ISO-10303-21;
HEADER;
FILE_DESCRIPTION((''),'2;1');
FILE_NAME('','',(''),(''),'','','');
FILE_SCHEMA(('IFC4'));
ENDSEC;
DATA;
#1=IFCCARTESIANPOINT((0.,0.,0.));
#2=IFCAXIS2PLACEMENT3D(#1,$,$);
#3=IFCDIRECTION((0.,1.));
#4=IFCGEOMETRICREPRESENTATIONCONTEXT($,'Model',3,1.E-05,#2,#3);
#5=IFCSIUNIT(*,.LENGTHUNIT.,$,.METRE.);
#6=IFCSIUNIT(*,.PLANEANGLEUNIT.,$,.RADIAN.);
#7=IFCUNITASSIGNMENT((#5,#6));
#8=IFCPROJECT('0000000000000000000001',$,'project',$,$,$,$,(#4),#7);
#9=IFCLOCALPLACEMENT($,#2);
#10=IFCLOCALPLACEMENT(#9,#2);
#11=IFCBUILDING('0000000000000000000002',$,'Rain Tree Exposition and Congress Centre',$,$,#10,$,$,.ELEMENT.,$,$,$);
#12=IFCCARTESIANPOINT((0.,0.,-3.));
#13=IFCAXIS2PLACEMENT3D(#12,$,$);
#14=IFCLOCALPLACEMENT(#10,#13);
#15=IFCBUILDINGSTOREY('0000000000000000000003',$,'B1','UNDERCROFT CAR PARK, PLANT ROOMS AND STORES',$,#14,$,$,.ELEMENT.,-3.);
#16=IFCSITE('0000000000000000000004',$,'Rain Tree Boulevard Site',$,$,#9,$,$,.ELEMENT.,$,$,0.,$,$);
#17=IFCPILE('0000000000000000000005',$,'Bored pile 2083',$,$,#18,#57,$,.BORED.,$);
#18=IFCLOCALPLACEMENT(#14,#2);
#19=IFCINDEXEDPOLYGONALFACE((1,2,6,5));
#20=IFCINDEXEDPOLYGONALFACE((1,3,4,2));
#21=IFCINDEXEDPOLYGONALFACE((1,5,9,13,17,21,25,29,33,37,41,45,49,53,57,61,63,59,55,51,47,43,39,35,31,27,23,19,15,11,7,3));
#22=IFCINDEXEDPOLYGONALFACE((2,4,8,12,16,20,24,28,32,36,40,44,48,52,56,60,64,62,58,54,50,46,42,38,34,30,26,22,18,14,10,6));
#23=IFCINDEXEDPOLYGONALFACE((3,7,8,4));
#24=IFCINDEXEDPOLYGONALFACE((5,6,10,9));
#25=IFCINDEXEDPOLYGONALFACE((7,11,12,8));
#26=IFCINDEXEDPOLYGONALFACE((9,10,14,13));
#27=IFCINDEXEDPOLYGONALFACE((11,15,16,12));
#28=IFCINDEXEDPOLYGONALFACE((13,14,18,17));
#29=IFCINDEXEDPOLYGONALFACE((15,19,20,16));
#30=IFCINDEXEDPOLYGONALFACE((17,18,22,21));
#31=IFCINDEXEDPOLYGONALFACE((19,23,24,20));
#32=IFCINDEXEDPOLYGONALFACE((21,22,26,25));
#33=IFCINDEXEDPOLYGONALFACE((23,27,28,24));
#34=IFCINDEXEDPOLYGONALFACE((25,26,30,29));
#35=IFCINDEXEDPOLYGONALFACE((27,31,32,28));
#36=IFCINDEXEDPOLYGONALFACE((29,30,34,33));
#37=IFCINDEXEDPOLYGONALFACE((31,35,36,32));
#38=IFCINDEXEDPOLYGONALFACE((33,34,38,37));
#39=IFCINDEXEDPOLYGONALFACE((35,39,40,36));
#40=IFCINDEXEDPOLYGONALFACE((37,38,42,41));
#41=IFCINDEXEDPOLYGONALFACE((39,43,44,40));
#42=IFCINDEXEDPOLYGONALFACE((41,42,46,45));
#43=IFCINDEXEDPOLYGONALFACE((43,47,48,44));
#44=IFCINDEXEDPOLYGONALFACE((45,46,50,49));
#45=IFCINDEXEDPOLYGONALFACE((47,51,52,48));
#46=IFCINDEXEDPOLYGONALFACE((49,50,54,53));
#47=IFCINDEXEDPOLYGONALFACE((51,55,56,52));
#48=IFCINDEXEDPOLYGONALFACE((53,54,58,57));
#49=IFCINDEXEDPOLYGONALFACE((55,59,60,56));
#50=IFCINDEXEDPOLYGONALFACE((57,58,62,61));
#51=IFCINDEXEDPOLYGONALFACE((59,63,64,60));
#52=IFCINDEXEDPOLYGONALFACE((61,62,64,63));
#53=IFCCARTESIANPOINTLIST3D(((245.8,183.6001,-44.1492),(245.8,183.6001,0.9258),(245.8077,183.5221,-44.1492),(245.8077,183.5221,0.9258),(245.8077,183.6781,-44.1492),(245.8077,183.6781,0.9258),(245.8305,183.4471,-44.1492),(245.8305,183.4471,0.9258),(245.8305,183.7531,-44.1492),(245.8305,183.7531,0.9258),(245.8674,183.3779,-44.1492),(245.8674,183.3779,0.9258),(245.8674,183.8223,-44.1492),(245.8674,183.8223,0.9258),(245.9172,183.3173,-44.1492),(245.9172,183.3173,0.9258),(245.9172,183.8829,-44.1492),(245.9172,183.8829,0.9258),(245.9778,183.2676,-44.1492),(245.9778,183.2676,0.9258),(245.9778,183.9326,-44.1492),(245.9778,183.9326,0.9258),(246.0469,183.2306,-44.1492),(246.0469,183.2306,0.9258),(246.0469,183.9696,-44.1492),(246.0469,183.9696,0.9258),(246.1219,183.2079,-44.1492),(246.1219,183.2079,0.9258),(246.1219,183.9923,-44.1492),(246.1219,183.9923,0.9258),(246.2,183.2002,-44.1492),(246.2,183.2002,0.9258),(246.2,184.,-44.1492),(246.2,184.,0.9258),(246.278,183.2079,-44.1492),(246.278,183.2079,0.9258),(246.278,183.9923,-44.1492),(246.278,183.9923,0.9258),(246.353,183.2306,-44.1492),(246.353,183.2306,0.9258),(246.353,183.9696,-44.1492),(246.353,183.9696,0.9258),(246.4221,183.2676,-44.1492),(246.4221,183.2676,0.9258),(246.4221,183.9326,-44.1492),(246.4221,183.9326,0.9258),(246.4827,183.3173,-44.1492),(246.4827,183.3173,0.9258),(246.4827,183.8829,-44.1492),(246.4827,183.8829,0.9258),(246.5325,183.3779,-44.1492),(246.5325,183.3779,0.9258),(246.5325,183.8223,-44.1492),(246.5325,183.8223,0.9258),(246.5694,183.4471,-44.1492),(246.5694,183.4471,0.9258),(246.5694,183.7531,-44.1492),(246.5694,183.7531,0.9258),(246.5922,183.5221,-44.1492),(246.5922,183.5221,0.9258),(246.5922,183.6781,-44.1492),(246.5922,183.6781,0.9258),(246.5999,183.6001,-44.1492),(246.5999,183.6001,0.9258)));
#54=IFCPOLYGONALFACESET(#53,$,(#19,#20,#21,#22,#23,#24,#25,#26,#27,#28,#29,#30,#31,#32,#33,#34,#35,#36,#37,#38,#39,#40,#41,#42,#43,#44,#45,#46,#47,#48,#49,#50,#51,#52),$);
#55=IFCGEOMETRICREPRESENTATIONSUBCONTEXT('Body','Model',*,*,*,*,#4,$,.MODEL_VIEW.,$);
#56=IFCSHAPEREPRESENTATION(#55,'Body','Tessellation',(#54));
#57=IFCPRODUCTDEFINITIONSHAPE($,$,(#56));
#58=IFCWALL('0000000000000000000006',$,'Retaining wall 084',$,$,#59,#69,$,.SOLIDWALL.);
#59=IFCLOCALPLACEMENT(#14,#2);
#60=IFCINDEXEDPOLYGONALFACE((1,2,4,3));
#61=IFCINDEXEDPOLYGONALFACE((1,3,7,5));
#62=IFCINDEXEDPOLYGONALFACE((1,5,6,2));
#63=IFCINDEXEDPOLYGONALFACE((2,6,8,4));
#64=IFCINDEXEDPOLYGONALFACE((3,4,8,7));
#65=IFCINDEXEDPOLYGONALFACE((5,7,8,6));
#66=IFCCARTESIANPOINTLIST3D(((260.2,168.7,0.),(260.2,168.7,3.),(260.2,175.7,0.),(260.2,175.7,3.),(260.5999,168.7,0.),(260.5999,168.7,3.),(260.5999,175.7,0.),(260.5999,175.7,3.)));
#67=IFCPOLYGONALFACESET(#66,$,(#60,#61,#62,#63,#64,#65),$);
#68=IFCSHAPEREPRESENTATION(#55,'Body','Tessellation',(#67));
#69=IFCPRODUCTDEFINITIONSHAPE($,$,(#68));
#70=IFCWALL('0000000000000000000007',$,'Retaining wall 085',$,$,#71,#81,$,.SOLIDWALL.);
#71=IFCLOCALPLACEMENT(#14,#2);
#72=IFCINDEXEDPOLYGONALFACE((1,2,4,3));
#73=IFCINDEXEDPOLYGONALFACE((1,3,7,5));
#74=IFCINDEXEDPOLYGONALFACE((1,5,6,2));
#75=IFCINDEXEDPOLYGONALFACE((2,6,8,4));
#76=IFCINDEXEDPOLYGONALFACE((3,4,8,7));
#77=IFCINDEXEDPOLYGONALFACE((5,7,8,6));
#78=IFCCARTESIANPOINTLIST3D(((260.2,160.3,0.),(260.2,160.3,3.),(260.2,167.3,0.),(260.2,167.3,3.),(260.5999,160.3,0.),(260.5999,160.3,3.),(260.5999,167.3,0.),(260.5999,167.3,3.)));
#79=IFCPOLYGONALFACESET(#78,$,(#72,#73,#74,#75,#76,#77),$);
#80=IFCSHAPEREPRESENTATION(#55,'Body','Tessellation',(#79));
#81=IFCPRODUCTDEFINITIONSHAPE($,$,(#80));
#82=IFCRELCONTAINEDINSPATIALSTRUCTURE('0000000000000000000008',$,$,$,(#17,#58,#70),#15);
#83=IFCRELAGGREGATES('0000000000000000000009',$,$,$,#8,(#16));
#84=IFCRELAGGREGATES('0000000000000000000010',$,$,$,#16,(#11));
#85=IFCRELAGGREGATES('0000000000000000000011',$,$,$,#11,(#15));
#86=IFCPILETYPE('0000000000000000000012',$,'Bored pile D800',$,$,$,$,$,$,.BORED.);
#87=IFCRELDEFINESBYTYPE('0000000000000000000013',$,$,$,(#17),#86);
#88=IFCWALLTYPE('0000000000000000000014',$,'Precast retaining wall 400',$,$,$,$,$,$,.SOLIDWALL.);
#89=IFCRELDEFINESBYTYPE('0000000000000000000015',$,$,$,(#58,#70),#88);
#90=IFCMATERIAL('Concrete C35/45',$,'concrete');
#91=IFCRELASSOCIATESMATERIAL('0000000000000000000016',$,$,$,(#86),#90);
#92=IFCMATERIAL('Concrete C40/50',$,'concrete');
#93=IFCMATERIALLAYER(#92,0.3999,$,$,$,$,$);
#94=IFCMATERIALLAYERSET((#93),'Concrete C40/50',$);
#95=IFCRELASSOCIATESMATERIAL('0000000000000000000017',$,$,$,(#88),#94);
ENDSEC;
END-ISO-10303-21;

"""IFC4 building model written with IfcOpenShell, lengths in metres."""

from ifc_helpers import new_model, si_unit, direction, frame, frame_2d, origin, origin_2d, place, context, subcontext, project, spatial, rectangle, circle, extrude, material, layer, layer_set, material_profile, profile_set, type_object, element, save


model = new_model("IFC4")

# Units and contexts
model_context = context("Model", 3, precision=1e-05, world=origin(), true_north=direction((0.0, 1.0)))
body_context = subcontext(model_context, "Body", "Model", "MODEL_VIEW")
ifc_project = project(units=[si_unit("LENGTHUNIT", "METRE"), si_unit("PLANEANGLEUNIT", "RADIAN")], contexts=[model_context])

# Site, building, storey
site_placement = place(None, origin())
site = spatial("IfcSite", under=ifc_project, at=site_placement, Name="Rain Tree Boulevard Site", CompositionType="ELEMENT", RefElevation=0.0)
building_placement = place(site_placement, origin())
building = spatial("IfcBuilding", under=site, at=building_placement, Name="Rain Tree Exposition and Congress Centre", CompositionType="ELEMENT")
storey_placement = place(building_placement, frame((0.0, 0.0, -3.0)))
storey = spatial("IfcBuildingStorey", under=building, at=storey_placement, Name="B1", Description="UNDERCROFT CAR PARK, PLANT ROOMS AND STORES", CompositionType="ELEMENT", Elevation=-3.0)

# Pile
ifc_material_1 = material(Name="Concrete C35/45", Category="concrete")
ifc_material_profile_1 = material_profile(ifc_material_1, circle(Radius=0.3999, at=origin_2d()), Name="D800")
ifc_profile_set_1 = profile_set([ifc_material_profile_1], Name="Concrete C35/45")
pile_type_1 = type_object("IfcPileType", Name="Bored pile D800", PredefinedType="BORED", material=ifc_profile_set_1)
for number, where, z_axis, x_axis, name in (
    (1, (246.2, 183.6001, 0.9258), (0.0, 0.0, -1.0), (1.0, 0.0, 0.0), "Bored pile 2083"),
):
    element("IfcPile", number, at=place(storey_placement, frame(where, z_axis=z_axis, x_axis=x_axis)), inside=storey, type_object=pile_type_1, Name=name, PredefinedType="BORED", context=body_context, shape_type="SweptSolid", body=[
        extrude(circle(Radius=0.3999, at=origin_2d()), origin(), (0.0, 0.0, 1.0), 45.075),
    ])

# Walls
ifc_material_2 = material(Name="Concrete C40/50", Category="concrete")
ifc_layer = layer(ifc_material_2, 0.3999)
ifc_layer_set = layer_set([ifc_layer], Name="Concrete C40/50")
wall_type = type_object("IfcWallType", Name="Precast retaining wall 400", PredefinedType="SOLIDWALL", material=ifc_layer_set)
for number, where, z_axis, x_axis, name in (
    (2, (260.3999, 175.7, 0.0), (0.0, 0.0, 1.0), (0.0, -1.0, 0.0), "Retaining wall 084"),
    (3, (260.3999, 167.3, 0.0), (0.0, 0.0, 1.0), (0.0, -1.0, 0.0), "Retaining wall 085"),
):
    element("IfcWall", number, at=place(storey_placement, frame(where, z_axis=z_axis, x_axis=x_axis)), inside=storey, type_object=wall_type, Name=name, PredefinedType="SOLIDWALL", context=body_context, shape_type="SweptSolid", body=[
        extrude(rectangle(XDim=7.0, YDim=0.3999, at=frame_2d((3.5, 0.0))), origin(), (0.0, 0.0, 1.0), 3.0),
    ])

save(model, "model.ifc")
